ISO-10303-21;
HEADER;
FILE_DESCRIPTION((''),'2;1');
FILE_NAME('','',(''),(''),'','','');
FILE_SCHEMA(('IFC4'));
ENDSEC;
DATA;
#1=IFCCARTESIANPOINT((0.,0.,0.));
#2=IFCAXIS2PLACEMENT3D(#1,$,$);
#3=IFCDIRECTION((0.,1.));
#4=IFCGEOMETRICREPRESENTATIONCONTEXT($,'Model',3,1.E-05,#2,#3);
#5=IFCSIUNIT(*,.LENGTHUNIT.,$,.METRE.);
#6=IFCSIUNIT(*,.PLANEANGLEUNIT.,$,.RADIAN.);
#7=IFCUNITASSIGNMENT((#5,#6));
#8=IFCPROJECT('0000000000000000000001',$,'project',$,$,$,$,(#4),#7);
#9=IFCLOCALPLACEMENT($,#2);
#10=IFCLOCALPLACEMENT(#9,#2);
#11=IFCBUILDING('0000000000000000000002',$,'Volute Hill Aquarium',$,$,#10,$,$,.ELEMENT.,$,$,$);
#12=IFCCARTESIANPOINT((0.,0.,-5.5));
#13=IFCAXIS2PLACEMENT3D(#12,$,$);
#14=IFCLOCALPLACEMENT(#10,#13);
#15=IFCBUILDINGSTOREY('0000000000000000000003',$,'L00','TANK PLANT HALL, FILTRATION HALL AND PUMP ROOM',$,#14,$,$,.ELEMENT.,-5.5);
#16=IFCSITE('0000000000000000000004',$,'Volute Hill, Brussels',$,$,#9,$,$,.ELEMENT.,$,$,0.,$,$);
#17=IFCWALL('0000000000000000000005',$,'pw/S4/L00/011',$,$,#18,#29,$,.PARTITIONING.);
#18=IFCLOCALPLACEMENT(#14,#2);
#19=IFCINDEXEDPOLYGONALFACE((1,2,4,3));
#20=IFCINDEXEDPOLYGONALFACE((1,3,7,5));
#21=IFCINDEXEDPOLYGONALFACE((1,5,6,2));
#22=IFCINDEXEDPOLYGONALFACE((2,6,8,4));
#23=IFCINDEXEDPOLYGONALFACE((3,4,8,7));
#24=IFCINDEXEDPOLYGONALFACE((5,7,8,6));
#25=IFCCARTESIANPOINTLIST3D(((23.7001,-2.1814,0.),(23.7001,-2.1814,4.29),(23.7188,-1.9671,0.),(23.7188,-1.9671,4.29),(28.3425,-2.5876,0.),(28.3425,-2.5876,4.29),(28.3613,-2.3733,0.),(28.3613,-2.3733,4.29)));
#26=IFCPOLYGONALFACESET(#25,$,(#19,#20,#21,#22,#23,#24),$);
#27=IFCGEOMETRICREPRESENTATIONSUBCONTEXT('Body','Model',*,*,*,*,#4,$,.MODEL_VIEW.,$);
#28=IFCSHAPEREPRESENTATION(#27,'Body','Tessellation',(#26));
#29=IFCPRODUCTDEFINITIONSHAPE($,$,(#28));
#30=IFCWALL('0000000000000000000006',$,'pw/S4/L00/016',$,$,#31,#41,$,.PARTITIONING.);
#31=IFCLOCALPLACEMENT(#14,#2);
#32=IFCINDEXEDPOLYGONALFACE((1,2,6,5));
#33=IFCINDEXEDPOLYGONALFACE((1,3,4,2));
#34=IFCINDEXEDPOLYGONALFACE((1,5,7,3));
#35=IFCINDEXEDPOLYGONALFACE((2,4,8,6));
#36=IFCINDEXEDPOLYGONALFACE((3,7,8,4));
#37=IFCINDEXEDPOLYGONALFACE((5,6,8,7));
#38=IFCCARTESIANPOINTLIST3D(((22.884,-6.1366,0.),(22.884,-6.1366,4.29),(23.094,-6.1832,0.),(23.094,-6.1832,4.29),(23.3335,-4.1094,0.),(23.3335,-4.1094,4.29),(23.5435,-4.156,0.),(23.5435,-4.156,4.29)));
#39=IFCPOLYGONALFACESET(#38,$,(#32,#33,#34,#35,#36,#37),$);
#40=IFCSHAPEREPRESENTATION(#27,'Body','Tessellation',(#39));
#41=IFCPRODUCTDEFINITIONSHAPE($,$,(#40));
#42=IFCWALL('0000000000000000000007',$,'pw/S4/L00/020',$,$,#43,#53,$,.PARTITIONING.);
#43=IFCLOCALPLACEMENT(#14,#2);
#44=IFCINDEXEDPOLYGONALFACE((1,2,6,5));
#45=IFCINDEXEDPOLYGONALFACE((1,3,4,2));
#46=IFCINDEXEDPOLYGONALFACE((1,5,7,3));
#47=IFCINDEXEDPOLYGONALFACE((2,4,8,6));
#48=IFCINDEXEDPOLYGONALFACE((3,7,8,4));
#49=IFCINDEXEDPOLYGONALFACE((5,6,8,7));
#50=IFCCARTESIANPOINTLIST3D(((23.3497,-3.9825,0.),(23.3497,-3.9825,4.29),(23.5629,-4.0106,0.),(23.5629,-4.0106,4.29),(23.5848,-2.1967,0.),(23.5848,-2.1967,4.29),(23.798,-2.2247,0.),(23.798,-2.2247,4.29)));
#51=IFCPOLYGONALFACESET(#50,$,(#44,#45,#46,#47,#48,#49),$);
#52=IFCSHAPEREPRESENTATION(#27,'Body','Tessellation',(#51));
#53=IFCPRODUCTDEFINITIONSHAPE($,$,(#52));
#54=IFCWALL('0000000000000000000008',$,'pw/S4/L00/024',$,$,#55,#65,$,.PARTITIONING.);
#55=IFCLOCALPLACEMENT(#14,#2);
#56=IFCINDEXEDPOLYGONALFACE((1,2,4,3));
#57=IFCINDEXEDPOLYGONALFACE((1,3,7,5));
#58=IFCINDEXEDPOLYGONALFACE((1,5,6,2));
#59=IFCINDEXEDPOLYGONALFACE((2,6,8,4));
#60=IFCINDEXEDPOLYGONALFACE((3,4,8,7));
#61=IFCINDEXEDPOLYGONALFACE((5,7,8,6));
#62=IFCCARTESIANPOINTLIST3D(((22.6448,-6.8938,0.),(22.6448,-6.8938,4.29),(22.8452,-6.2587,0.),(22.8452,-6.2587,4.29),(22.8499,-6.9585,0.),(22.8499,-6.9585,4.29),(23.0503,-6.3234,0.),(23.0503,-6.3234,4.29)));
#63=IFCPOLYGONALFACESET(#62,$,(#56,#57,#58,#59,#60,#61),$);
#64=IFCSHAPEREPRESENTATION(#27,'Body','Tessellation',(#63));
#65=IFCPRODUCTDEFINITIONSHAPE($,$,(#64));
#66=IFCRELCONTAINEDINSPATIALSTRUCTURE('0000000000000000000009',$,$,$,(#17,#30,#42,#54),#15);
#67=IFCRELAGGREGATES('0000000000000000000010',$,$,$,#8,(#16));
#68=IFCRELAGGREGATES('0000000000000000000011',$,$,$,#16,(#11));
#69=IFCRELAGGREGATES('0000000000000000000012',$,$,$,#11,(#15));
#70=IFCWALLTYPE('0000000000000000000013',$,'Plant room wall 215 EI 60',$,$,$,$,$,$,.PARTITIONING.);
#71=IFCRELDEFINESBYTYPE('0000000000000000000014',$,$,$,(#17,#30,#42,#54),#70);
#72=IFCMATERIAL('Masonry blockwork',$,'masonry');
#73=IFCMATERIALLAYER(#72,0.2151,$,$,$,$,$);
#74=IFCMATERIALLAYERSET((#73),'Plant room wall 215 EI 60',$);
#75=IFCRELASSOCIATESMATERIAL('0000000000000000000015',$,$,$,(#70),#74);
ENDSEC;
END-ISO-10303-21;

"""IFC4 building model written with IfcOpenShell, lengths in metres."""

from ifc_helpers import new_model, si_unit, direction, frame, frame_2d, origin, place, context, subcontext, project, spatial, rectangle, extrude, material, layer, layer_set, type_object, element, save


model = new_model("IFC4")

# Units and contexts
model_context = context("Model", 3, precision=1e-05, world=origin(), true_north=direction((0.0, 1.0)))
body_context = subcontext(model_context, "Body", "Model", "MODEL_VIEW")
ifc_project = project(units=[si_unit("LENGTHUNIT", "METRE"), si_unit("PLANEANGLEUNIT", "RADIAN")], contexts=[model_context])

# Site, building, storey
site_placement = place(None, origin())
site = spatial("IfcSite", under=ifc_project, at=site_placement, Name="Volute Hill, Brussels", CompositionType="ELEMENT", RefElevation=0.0)
building_placement = place(site_placement, origin())
building = spatial("IfcBuilding", under=site, at=building_placement, Name="Volute Hill Aquarium", CompositionType="ELEMENT")
storey_placement = place(building_placement, frame((0.0, 0.0, -5.5)))
storey = spatial("IfcBuildingStorey", under=building, at=storey_placement, Name="L00", Description="TANK PLANT HALL, FILTRATION HALL AND PUMP ROOM", CompositionType="ELEMENT", Elevation=-5.5)

# Shared definitions
ifc_material_1 = material(Name="Masonry blockwork", Category="masonry")
ifc_layer_1 = layer(ifc_material_1, 0.2151)
ifc_layer_set_1 = layer_set([ifc_layer_1], Name="Plant room wall 215 EI 60")
wall_type_1 = type_object("IfcWallType", Name="Plant room wall 215 EI 60", PredefinedType="PARTITIONING", material=ifc_layer_set_1)

# Walls
wall_1_placement = place(storey_placement, frame((23.7095, -2.0742, 0.0), z_axis=(0.0, 0.0, 1.0), x_axis=(0.996193, -0.087177, 0.0)))
element("IfcWall", 1, at=wall_1_placement, inside=storey, type_object=wall_type_1, Name="pw/S4/L00/011", PredefinedType="PARTITIONING", context=body_context, shape_type="SweptSolid", body=[
    extrude(rectangle(XDim=4.6602, YDim=0.2151, at=frame_2d((2.3301, 0.0))), origin(), (0.0, 0.0, 1.0), 4.29),
])
wall_2_placement = place(storey_placement, frame((23.4385, -4.1328, 0.0), z_axis=(0.0, 0.0, 1.0), x_axis=(-0.21647, -0.976289, 0.0)))
element("IfcWall", 2, at=wall_2_placement, inside=storey, type_object=wall_type_1, Name="pw/S4/L00/016", PredefinedType="PARTITIONING", context=body_context, shape_type="SweptSolid", body=[
    extrude(rectangle(XDim=2.0764, YDim=0.2151, at=frame_2d((1.0381, 0.0))), origin(), (0.0, 0.0, 1.0), 4.29),
])
wall_3_placement = place(storey_placement, frame((23.6914, -2.2107, 0.0), z_axis=(0.0, 0.0, 1.0), x_axis=(-0.130521, -0.991446, 0.0)))
element("IfcWall", 3, at=wall_3_placement, inside=storey, type_object=wall_type_1, Name="pw/S4/L00/020", PredefinedType="PARTITIONING", context=body_context, shape_type="SweptSolid", body=[
    extrude(rectangle(XDim=1.8013, YDim=0.2151, at=frame_2d((0.9006, 0.0))), origin(), (0.0, 0.0, 1.0), 4.29),
])
wall_4_placement = place(storey_placement, frame((22.9478, -6.291, 0.0), z_axis=(0.0, 0.0, 1.0), x_axis=(-0.300903, -0.953655, 0.0)))
element("IfcWall", 4, at=wall_4_placement, inside=storey, type_object=wall_type_1, Name="pw/S4/L00/024", PredefinedType="PARTITIONING", context=body_context, shape_type="SweptSolid", body=[
    extrude(rectangle(XDim=0.666, YDim=0.2151, at=frame_2d((0.333, 0.0))), origin(), (0.0, 0.0, 1.0), 4.29),
])

save(model, "model.ifc")
